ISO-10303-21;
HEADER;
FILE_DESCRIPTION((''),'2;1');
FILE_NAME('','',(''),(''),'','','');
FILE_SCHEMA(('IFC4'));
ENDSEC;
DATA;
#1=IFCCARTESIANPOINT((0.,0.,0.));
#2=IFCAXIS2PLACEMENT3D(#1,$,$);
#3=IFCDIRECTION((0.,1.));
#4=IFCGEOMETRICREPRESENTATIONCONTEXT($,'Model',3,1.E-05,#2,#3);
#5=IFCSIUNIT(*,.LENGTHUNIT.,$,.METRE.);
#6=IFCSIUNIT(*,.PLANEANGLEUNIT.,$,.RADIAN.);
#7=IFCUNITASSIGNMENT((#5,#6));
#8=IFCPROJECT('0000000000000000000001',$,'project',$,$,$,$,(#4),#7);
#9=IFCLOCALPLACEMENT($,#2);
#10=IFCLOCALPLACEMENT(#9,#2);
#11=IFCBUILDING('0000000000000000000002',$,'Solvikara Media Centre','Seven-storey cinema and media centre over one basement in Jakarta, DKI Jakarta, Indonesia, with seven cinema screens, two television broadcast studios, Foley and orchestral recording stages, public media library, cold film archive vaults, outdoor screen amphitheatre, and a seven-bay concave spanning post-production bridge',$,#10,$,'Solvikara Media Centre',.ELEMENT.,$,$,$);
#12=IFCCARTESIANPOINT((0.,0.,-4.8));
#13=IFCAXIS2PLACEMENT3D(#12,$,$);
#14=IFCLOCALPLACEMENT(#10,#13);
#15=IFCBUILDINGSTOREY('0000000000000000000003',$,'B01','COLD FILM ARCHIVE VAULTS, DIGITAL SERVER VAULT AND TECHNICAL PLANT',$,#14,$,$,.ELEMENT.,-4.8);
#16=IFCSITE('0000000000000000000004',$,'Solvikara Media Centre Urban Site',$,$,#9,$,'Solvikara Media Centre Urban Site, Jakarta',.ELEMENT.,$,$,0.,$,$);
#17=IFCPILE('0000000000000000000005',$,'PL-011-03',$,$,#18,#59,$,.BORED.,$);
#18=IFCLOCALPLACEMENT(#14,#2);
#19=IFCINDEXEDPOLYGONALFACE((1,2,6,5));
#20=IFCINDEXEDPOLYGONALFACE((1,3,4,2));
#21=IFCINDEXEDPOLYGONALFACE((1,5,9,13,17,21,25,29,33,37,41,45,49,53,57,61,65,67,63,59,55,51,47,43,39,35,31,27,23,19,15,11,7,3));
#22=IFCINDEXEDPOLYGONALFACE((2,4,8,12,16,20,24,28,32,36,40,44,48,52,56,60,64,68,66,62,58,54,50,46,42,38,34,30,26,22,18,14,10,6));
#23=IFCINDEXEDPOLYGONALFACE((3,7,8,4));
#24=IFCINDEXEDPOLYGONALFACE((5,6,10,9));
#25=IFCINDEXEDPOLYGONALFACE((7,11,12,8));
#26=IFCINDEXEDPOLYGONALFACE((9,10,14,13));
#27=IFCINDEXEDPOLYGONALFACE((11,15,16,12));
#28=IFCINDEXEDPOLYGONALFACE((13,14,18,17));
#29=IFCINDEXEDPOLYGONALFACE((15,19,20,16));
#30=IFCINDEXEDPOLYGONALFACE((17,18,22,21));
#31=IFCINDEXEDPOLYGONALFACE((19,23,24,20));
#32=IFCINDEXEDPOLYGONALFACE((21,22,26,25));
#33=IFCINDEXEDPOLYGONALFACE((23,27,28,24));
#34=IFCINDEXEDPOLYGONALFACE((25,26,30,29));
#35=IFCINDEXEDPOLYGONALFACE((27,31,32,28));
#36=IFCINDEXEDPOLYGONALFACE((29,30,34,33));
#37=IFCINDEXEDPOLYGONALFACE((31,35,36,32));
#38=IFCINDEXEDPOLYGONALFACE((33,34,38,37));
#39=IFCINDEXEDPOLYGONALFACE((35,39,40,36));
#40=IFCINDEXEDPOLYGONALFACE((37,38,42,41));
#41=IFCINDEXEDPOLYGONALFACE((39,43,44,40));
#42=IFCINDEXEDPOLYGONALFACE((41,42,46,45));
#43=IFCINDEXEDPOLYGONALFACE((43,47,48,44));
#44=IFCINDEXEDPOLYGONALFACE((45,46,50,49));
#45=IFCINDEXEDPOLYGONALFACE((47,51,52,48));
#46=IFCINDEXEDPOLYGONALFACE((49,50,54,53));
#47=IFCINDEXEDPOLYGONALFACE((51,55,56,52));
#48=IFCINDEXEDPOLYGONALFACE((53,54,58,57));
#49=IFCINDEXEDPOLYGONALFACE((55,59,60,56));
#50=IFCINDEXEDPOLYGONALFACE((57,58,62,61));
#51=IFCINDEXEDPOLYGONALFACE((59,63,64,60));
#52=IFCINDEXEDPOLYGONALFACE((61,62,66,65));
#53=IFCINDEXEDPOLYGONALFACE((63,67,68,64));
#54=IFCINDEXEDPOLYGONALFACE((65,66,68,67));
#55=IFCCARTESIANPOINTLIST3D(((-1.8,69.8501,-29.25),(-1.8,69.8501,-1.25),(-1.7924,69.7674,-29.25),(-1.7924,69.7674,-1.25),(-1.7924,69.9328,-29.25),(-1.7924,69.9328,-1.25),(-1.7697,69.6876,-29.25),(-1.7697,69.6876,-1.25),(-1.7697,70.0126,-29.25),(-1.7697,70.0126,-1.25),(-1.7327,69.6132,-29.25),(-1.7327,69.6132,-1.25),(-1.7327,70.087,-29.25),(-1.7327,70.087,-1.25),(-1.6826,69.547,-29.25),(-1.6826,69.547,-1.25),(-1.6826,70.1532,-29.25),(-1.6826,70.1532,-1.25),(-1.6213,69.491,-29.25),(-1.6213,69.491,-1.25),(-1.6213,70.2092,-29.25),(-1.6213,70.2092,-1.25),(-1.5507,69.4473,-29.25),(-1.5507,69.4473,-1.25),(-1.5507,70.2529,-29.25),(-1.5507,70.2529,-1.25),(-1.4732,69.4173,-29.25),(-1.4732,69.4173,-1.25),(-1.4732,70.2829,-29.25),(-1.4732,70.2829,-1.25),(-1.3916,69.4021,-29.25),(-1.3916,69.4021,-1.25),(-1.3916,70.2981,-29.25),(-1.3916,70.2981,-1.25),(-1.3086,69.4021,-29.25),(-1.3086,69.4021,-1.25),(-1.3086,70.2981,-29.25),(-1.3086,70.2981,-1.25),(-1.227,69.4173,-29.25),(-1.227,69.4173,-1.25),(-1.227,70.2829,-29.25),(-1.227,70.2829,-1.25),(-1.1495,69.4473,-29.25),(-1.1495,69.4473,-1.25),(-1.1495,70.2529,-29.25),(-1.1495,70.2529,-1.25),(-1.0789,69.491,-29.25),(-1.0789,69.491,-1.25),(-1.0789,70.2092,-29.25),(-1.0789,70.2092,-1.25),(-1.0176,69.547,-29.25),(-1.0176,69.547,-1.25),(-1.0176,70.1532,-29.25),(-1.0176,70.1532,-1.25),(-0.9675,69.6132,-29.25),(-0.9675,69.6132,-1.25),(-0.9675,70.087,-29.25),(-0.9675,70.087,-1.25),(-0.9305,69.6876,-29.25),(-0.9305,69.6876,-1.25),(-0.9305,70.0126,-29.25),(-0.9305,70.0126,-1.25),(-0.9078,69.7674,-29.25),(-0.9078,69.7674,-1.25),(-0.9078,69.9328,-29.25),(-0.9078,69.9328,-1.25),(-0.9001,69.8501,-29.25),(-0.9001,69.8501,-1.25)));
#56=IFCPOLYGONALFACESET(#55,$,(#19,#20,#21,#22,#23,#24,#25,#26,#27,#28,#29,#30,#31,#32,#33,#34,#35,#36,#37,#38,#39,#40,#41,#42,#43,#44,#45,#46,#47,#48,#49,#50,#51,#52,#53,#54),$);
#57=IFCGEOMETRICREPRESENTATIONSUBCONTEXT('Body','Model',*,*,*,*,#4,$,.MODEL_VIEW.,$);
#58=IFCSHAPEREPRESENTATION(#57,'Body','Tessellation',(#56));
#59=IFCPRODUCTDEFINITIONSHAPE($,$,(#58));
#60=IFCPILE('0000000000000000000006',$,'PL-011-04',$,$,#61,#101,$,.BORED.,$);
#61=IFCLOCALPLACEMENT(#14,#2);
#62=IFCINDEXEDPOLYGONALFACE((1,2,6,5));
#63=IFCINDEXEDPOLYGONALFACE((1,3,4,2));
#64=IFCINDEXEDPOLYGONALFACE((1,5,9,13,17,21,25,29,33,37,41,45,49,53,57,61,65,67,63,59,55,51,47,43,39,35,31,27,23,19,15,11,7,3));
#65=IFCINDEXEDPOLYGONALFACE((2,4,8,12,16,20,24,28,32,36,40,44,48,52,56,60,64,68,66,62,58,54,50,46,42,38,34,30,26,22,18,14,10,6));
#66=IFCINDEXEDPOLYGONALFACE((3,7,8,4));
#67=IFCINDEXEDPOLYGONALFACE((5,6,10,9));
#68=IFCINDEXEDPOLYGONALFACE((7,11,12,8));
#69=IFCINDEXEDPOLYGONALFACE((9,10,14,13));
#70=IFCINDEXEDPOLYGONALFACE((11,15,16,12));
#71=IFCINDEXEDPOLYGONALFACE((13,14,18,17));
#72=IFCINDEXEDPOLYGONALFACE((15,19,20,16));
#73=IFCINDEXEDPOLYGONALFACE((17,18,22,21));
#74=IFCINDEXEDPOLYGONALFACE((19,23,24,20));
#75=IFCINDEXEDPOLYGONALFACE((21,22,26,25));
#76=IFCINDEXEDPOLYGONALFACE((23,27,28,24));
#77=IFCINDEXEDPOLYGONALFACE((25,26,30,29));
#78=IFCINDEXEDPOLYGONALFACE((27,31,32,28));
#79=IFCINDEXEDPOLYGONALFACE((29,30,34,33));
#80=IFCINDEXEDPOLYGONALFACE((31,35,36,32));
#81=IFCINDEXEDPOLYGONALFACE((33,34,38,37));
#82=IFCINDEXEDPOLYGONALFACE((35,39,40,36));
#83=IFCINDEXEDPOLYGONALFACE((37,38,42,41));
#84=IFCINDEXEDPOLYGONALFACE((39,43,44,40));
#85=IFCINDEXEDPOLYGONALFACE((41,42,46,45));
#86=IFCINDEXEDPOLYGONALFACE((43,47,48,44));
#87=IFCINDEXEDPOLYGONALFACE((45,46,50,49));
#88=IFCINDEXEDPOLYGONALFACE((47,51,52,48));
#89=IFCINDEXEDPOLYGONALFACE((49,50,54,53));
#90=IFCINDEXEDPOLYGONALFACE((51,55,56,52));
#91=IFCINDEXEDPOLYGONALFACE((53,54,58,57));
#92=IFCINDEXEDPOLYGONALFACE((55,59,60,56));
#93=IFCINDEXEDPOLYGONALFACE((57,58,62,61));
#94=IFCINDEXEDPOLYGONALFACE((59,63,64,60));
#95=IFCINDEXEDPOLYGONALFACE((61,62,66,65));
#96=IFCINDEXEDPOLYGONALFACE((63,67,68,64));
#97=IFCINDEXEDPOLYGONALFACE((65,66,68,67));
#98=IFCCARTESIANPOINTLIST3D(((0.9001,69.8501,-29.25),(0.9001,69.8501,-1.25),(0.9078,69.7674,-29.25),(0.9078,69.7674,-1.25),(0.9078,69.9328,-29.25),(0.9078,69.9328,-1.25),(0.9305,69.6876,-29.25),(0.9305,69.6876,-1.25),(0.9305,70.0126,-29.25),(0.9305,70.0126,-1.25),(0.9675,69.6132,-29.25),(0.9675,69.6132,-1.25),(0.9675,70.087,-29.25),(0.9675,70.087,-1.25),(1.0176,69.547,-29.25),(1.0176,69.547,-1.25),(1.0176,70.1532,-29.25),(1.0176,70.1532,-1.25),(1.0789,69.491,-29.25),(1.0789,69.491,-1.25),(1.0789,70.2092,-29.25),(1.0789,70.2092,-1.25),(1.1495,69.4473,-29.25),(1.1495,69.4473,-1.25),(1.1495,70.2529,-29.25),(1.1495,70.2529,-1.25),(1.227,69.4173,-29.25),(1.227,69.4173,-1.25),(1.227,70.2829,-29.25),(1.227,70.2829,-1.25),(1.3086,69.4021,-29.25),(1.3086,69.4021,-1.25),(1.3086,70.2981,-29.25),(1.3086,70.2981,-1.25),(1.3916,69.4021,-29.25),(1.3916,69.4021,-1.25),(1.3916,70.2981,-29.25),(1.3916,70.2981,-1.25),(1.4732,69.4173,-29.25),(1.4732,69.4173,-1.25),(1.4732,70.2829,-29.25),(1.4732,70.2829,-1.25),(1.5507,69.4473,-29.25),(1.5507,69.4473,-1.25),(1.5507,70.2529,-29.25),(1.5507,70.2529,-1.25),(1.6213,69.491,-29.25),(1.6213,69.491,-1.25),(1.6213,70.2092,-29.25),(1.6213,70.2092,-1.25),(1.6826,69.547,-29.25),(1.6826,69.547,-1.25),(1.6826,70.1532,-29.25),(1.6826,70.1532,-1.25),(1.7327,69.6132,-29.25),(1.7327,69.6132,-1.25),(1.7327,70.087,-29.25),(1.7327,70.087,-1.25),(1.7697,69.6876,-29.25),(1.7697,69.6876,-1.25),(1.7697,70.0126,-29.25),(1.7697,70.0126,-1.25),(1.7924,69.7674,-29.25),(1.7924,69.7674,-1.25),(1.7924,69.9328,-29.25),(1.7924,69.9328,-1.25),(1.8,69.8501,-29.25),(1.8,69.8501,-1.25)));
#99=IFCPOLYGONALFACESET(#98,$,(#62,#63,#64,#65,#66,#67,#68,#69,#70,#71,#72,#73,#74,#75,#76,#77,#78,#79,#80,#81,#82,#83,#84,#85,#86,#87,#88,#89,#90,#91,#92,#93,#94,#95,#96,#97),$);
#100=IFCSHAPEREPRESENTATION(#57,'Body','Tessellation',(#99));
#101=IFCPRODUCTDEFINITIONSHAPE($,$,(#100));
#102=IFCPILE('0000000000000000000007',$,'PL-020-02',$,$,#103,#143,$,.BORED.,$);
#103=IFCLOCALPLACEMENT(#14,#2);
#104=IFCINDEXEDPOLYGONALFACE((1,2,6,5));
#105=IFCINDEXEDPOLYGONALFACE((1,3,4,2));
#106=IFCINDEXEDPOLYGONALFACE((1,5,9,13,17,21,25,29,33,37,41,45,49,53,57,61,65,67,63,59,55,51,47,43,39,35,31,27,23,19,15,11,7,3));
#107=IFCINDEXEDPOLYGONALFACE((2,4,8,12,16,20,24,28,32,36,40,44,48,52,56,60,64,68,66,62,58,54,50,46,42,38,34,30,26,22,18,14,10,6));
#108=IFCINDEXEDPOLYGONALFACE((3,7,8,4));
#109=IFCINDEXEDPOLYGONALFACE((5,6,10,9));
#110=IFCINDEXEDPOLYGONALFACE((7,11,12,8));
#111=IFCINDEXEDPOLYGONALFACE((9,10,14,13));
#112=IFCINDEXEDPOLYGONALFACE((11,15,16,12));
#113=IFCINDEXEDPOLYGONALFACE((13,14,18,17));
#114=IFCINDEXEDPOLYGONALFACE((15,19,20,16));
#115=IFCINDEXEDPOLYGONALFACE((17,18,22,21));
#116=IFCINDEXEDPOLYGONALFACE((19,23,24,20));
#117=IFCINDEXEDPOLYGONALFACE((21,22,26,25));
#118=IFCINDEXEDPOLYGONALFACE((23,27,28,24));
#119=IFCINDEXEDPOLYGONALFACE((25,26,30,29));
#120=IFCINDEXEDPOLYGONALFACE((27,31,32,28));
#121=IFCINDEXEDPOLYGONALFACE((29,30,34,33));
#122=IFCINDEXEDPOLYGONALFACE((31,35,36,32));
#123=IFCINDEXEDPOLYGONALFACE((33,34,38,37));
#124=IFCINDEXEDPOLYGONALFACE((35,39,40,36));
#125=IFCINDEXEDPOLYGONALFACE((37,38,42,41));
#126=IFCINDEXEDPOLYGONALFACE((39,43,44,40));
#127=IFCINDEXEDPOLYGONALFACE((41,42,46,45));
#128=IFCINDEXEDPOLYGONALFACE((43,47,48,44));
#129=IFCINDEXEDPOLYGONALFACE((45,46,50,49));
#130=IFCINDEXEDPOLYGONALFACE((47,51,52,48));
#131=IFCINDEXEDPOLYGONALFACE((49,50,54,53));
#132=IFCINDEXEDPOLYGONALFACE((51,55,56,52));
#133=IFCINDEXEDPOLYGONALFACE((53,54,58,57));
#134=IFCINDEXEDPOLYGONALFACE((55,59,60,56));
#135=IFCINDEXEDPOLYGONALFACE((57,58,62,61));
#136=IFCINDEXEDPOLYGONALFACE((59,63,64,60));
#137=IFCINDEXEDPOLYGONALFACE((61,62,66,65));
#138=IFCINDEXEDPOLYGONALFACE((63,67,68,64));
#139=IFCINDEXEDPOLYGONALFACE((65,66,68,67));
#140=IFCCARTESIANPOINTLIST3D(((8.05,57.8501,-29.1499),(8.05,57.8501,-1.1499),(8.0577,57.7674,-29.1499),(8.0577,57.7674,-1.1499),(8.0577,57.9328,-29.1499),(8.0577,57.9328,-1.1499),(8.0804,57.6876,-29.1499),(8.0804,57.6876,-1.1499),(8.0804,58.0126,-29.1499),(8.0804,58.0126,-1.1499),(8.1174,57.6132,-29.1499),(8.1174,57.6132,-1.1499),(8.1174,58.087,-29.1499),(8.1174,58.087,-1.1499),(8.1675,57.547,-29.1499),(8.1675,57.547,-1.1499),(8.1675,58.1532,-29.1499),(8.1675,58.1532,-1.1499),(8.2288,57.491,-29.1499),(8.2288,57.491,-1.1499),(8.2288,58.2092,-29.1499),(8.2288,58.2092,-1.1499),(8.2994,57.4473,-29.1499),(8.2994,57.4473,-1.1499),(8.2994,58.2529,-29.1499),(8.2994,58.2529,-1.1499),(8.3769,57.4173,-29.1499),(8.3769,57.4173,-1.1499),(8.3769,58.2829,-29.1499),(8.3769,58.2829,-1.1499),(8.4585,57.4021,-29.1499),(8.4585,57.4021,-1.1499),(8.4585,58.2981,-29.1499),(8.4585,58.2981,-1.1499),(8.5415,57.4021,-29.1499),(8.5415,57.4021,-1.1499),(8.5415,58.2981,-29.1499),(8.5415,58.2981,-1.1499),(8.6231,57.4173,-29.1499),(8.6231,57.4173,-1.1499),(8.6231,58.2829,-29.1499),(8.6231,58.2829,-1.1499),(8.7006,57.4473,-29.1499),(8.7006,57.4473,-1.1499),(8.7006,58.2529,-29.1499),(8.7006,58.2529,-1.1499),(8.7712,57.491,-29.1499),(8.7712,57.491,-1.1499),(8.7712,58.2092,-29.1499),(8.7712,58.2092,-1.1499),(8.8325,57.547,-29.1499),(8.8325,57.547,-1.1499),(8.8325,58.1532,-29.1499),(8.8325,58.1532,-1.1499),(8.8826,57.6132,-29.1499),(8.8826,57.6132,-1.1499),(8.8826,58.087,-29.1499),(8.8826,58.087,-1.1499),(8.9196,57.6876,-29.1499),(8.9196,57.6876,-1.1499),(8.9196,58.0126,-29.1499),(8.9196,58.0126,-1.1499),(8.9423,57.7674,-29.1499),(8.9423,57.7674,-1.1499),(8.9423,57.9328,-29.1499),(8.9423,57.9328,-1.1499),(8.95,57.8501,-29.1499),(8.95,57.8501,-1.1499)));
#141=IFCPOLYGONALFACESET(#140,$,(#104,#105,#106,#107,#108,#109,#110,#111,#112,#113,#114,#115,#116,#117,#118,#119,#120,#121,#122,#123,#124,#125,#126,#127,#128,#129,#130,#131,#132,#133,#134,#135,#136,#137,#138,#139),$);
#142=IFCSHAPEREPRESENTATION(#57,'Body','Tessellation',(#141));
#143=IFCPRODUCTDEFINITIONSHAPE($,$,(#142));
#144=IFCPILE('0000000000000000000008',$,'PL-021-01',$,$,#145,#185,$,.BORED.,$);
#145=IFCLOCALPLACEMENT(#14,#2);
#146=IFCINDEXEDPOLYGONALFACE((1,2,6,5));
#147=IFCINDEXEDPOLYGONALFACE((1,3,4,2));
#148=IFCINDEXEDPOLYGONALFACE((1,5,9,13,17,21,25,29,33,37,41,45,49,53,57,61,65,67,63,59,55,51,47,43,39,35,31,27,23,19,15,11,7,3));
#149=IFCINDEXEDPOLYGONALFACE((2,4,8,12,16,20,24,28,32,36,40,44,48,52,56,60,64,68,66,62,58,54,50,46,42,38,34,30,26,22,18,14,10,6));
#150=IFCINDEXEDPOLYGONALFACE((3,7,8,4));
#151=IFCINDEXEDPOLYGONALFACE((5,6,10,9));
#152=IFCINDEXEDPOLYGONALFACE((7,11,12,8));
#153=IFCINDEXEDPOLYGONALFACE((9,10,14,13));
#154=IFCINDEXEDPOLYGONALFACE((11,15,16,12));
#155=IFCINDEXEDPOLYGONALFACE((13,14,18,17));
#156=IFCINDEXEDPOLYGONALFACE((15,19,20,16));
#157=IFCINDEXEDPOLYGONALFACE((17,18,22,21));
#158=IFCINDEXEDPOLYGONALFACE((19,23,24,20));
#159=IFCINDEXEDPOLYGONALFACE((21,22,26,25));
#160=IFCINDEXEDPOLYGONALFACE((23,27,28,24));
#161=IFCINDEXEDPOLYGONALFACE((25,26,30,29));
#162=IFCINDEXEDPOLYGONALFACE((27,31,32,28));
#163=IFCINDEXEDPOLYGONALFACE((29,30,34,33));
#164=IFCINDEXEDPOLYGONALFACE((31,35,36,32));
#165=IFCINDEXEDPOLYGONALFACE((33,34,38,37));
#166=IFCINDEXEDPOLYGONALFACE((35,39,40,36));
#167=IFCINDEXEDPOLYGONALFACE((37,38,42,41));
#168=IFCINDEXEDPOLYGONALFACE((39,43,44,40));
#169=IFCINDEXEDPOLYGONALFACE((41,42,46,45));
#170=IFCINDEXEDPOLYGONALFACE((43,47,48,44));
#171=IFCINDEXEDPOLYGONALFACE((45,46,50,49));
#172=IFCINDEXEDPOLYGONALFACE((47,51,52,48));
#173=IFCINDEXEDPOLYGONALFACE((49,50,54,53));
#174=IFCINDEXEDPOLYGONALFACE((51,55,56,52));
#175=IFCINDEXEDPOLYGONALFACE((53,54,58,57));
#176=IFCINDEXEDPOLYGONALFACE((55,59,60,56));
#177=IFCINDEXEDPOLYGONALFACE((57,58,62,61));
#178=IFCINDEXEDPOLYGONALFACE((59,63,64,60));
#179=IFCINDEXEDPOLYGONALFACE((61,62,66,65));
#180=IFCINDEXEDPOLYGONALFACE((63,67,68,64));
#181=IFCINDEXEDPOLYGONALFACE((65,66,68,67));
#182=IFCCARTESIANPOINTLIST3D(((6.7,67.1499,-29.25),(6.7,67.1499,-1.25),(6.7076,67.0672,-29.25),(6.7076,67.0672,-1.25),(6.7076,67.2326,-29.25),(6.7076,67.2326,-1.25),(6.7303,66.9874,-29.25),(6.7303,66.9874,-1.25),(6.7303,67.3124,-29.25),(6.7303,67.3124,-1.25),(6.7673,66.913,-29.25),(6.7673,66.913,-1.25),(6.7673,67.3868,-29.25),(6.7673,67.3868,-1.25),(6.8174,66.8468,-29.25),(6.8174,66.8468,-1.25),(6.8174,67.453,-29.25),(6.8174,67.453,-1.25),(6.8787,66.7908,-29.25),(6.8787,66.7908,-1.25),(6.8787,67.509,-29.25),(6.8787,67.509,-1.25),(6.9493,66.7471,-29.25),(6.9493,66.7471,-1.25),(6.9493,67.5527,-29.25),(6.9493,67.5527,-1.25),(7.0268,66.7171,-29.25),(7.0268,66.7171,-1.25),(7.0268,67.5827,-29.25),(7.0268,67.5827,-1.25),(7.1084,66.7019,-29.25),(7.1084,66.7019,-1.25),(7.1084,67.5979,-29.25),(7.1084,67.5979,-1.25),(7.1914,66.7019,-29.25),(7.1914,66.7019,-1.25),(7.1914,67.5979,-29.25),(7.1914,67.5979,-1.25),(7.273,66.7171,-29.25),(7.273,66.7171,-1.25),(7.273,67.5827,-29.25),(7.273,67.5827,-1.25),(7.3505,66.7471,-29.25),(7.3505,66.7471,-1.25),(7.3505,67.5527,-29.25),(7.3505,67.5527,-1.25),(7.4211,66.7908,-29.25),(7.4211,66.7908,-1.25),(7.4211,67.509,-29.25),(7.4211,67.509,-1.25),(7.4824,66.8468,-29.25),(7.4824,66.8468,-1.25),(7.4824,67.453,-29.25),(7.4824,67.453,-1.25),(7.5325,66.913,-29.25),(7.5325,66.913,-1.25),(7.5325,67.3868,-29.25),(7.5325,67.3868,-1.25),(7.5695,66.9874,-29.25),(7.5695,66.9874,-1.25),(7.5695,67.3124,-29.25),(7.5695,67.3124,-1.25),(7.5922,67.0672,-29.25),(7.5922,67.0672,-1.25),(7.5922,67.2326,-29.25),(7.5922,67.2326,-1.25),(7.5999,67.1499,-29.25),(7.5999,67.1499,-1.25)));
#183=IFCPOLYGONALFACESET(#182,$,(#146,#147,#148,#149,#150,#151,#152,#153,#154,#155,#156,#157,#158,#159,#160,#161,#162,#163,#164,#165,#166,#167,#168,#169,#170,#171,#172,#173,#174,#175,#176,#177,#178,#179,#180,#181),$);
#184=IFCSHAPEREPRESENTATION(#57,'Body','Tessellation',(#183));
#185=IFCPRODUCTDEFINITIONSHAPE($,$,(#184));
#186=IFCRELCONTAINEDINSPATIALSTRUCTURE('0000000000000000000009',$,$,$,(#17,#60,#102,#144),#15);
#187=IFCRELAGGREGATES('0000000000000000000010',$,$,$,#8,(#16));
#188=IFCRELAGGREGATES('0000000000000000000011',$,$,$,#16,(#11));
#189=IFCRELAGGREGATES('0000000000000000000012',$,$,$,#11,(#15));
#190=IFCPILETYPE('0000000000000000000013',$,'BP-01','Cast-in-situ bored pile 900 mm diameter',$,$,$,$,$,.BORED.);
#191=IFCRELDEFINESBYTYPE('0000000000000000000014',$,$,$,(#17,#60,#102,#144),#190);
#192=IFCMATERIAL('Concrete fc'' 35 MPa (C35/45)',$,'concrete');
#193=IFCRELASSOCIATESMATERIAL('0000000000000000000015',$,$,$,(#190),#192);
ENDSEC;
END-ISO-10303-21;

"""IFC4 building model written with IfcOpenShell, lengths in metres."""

from ifc_helpers import new_model, si_unit, direction, frame, origin, origin_2d, place, context, subcontext, project, spatial, circle, extrude, material, material_profile, profile_set, type_object, element, save


model = new_model("IFC4")

# Units and contexts
model_context = context("Model", 3, precision=1e-05, world=origin(), true_north=direction((0.0, 1.0)))
body_context = subcontext(model_context, "Body", "Model", "MODEL_VIEW")
ifc_project = project(units=[si_unit("LENGTHUNIT", "METRE"), si_unit("PLANEANGLEUNIT", "RADIAN")], contexts=[model_context])

# Site, building, storey
site_placement = place(None, origin())
site = spatial("IfcSite", under=ifc_project, at=site_placement, Name="Solvikara Media Centre Urban Site", LongName="Solvikara Media Centre Urban Site, Jakarta", CompositionType="ELEMENT", RefElevation=0.0)
building_placement = place(site_placement, origin())
building = spatial("IfcBuilding", under=site, at=building_placement, Name="Solvikara Media Centre", Description="Seven-storey cinema and media centre over one basement in Jakarta, DKI Jakarta, Indonesia, with seven cinema screens, two television broadcast studios, Foley and orchestral recording stages, public media library, cold film archive vaults, outdoor screen amphitheatre, and a seven-bay concave spanning post-production bridge", LongName="Solvikara Media Centre", CompositionType="ELEMENT")
storey_placement = place(building_placement, frame((0.0, 0.0, -4.8)))
storey = spatial("IfcBuildingStorey", under=building, at=storey_placement, Name="B01", Description="COLD FILM ARCHIVE VAULTS, DIGITAL SERVER VAULT AND TECHNICAL PLANT", CompositionType="ELEMENT", Elevation=-4.8)

# Piles
ifc_material_1 = material(Name="Concrete fc' 35 MPa (C35/45)", Category="concrete")
ifc_material_profile_1 = material_profile(ifc_material_1, circle(Radius=0.45, at=origin_2d()), Name="BORED PILE D900")
ifc_profile_set_1 = profile_set([ifc_material_profile_1], Name="Concrete fc' 35 MPa (C35/45)")
pile_type_1 = type_object("IfcPileType", Name="BP-01", Description="Cast-in-situ bored pile 900 mm diameter", PredefinedType="BORED", material=ifc_profile_set_1)
for number, where, z_axis, x_axis, name in (
    (1, (-1.3501, 69.8501, -1.25), (0.0, 0.0, -1.0), (1.0, 0.0, 0.0), "PL-011-03"),
    (2, (1.3501, 69.8501, -1.25), (0.0, 0.0, -1.0), (1.0, 0.0, 0.0), "PL-011-04"),
    (3, (8.5, 57.8501, -1.1499), (0.0, 0.0, -1.0), (1.0, 0.0, 0.0), "PL-020-02"),
    (4, (7.1499, 67.1499, -1.25), (0.0, 0.0, -1.0), (1.0, 0.0, 0.0), "PL-021-01"),
):
    element("IfcPile", number, at=place(storey_placement, frame(where, z_axis=z_axis, x_axis=x_axis)), inside=storey, type_object=pile_type_1, Name=name, PredefinedType="BORED", context=body_context, shape_type="SweptSolid", body=[
        extrude(circle(Radius=0.45, at=origin_2d()), origin(), (0.0, 0.0, 1.0), 28.0),
    ])

save(model, "model.ifc")
